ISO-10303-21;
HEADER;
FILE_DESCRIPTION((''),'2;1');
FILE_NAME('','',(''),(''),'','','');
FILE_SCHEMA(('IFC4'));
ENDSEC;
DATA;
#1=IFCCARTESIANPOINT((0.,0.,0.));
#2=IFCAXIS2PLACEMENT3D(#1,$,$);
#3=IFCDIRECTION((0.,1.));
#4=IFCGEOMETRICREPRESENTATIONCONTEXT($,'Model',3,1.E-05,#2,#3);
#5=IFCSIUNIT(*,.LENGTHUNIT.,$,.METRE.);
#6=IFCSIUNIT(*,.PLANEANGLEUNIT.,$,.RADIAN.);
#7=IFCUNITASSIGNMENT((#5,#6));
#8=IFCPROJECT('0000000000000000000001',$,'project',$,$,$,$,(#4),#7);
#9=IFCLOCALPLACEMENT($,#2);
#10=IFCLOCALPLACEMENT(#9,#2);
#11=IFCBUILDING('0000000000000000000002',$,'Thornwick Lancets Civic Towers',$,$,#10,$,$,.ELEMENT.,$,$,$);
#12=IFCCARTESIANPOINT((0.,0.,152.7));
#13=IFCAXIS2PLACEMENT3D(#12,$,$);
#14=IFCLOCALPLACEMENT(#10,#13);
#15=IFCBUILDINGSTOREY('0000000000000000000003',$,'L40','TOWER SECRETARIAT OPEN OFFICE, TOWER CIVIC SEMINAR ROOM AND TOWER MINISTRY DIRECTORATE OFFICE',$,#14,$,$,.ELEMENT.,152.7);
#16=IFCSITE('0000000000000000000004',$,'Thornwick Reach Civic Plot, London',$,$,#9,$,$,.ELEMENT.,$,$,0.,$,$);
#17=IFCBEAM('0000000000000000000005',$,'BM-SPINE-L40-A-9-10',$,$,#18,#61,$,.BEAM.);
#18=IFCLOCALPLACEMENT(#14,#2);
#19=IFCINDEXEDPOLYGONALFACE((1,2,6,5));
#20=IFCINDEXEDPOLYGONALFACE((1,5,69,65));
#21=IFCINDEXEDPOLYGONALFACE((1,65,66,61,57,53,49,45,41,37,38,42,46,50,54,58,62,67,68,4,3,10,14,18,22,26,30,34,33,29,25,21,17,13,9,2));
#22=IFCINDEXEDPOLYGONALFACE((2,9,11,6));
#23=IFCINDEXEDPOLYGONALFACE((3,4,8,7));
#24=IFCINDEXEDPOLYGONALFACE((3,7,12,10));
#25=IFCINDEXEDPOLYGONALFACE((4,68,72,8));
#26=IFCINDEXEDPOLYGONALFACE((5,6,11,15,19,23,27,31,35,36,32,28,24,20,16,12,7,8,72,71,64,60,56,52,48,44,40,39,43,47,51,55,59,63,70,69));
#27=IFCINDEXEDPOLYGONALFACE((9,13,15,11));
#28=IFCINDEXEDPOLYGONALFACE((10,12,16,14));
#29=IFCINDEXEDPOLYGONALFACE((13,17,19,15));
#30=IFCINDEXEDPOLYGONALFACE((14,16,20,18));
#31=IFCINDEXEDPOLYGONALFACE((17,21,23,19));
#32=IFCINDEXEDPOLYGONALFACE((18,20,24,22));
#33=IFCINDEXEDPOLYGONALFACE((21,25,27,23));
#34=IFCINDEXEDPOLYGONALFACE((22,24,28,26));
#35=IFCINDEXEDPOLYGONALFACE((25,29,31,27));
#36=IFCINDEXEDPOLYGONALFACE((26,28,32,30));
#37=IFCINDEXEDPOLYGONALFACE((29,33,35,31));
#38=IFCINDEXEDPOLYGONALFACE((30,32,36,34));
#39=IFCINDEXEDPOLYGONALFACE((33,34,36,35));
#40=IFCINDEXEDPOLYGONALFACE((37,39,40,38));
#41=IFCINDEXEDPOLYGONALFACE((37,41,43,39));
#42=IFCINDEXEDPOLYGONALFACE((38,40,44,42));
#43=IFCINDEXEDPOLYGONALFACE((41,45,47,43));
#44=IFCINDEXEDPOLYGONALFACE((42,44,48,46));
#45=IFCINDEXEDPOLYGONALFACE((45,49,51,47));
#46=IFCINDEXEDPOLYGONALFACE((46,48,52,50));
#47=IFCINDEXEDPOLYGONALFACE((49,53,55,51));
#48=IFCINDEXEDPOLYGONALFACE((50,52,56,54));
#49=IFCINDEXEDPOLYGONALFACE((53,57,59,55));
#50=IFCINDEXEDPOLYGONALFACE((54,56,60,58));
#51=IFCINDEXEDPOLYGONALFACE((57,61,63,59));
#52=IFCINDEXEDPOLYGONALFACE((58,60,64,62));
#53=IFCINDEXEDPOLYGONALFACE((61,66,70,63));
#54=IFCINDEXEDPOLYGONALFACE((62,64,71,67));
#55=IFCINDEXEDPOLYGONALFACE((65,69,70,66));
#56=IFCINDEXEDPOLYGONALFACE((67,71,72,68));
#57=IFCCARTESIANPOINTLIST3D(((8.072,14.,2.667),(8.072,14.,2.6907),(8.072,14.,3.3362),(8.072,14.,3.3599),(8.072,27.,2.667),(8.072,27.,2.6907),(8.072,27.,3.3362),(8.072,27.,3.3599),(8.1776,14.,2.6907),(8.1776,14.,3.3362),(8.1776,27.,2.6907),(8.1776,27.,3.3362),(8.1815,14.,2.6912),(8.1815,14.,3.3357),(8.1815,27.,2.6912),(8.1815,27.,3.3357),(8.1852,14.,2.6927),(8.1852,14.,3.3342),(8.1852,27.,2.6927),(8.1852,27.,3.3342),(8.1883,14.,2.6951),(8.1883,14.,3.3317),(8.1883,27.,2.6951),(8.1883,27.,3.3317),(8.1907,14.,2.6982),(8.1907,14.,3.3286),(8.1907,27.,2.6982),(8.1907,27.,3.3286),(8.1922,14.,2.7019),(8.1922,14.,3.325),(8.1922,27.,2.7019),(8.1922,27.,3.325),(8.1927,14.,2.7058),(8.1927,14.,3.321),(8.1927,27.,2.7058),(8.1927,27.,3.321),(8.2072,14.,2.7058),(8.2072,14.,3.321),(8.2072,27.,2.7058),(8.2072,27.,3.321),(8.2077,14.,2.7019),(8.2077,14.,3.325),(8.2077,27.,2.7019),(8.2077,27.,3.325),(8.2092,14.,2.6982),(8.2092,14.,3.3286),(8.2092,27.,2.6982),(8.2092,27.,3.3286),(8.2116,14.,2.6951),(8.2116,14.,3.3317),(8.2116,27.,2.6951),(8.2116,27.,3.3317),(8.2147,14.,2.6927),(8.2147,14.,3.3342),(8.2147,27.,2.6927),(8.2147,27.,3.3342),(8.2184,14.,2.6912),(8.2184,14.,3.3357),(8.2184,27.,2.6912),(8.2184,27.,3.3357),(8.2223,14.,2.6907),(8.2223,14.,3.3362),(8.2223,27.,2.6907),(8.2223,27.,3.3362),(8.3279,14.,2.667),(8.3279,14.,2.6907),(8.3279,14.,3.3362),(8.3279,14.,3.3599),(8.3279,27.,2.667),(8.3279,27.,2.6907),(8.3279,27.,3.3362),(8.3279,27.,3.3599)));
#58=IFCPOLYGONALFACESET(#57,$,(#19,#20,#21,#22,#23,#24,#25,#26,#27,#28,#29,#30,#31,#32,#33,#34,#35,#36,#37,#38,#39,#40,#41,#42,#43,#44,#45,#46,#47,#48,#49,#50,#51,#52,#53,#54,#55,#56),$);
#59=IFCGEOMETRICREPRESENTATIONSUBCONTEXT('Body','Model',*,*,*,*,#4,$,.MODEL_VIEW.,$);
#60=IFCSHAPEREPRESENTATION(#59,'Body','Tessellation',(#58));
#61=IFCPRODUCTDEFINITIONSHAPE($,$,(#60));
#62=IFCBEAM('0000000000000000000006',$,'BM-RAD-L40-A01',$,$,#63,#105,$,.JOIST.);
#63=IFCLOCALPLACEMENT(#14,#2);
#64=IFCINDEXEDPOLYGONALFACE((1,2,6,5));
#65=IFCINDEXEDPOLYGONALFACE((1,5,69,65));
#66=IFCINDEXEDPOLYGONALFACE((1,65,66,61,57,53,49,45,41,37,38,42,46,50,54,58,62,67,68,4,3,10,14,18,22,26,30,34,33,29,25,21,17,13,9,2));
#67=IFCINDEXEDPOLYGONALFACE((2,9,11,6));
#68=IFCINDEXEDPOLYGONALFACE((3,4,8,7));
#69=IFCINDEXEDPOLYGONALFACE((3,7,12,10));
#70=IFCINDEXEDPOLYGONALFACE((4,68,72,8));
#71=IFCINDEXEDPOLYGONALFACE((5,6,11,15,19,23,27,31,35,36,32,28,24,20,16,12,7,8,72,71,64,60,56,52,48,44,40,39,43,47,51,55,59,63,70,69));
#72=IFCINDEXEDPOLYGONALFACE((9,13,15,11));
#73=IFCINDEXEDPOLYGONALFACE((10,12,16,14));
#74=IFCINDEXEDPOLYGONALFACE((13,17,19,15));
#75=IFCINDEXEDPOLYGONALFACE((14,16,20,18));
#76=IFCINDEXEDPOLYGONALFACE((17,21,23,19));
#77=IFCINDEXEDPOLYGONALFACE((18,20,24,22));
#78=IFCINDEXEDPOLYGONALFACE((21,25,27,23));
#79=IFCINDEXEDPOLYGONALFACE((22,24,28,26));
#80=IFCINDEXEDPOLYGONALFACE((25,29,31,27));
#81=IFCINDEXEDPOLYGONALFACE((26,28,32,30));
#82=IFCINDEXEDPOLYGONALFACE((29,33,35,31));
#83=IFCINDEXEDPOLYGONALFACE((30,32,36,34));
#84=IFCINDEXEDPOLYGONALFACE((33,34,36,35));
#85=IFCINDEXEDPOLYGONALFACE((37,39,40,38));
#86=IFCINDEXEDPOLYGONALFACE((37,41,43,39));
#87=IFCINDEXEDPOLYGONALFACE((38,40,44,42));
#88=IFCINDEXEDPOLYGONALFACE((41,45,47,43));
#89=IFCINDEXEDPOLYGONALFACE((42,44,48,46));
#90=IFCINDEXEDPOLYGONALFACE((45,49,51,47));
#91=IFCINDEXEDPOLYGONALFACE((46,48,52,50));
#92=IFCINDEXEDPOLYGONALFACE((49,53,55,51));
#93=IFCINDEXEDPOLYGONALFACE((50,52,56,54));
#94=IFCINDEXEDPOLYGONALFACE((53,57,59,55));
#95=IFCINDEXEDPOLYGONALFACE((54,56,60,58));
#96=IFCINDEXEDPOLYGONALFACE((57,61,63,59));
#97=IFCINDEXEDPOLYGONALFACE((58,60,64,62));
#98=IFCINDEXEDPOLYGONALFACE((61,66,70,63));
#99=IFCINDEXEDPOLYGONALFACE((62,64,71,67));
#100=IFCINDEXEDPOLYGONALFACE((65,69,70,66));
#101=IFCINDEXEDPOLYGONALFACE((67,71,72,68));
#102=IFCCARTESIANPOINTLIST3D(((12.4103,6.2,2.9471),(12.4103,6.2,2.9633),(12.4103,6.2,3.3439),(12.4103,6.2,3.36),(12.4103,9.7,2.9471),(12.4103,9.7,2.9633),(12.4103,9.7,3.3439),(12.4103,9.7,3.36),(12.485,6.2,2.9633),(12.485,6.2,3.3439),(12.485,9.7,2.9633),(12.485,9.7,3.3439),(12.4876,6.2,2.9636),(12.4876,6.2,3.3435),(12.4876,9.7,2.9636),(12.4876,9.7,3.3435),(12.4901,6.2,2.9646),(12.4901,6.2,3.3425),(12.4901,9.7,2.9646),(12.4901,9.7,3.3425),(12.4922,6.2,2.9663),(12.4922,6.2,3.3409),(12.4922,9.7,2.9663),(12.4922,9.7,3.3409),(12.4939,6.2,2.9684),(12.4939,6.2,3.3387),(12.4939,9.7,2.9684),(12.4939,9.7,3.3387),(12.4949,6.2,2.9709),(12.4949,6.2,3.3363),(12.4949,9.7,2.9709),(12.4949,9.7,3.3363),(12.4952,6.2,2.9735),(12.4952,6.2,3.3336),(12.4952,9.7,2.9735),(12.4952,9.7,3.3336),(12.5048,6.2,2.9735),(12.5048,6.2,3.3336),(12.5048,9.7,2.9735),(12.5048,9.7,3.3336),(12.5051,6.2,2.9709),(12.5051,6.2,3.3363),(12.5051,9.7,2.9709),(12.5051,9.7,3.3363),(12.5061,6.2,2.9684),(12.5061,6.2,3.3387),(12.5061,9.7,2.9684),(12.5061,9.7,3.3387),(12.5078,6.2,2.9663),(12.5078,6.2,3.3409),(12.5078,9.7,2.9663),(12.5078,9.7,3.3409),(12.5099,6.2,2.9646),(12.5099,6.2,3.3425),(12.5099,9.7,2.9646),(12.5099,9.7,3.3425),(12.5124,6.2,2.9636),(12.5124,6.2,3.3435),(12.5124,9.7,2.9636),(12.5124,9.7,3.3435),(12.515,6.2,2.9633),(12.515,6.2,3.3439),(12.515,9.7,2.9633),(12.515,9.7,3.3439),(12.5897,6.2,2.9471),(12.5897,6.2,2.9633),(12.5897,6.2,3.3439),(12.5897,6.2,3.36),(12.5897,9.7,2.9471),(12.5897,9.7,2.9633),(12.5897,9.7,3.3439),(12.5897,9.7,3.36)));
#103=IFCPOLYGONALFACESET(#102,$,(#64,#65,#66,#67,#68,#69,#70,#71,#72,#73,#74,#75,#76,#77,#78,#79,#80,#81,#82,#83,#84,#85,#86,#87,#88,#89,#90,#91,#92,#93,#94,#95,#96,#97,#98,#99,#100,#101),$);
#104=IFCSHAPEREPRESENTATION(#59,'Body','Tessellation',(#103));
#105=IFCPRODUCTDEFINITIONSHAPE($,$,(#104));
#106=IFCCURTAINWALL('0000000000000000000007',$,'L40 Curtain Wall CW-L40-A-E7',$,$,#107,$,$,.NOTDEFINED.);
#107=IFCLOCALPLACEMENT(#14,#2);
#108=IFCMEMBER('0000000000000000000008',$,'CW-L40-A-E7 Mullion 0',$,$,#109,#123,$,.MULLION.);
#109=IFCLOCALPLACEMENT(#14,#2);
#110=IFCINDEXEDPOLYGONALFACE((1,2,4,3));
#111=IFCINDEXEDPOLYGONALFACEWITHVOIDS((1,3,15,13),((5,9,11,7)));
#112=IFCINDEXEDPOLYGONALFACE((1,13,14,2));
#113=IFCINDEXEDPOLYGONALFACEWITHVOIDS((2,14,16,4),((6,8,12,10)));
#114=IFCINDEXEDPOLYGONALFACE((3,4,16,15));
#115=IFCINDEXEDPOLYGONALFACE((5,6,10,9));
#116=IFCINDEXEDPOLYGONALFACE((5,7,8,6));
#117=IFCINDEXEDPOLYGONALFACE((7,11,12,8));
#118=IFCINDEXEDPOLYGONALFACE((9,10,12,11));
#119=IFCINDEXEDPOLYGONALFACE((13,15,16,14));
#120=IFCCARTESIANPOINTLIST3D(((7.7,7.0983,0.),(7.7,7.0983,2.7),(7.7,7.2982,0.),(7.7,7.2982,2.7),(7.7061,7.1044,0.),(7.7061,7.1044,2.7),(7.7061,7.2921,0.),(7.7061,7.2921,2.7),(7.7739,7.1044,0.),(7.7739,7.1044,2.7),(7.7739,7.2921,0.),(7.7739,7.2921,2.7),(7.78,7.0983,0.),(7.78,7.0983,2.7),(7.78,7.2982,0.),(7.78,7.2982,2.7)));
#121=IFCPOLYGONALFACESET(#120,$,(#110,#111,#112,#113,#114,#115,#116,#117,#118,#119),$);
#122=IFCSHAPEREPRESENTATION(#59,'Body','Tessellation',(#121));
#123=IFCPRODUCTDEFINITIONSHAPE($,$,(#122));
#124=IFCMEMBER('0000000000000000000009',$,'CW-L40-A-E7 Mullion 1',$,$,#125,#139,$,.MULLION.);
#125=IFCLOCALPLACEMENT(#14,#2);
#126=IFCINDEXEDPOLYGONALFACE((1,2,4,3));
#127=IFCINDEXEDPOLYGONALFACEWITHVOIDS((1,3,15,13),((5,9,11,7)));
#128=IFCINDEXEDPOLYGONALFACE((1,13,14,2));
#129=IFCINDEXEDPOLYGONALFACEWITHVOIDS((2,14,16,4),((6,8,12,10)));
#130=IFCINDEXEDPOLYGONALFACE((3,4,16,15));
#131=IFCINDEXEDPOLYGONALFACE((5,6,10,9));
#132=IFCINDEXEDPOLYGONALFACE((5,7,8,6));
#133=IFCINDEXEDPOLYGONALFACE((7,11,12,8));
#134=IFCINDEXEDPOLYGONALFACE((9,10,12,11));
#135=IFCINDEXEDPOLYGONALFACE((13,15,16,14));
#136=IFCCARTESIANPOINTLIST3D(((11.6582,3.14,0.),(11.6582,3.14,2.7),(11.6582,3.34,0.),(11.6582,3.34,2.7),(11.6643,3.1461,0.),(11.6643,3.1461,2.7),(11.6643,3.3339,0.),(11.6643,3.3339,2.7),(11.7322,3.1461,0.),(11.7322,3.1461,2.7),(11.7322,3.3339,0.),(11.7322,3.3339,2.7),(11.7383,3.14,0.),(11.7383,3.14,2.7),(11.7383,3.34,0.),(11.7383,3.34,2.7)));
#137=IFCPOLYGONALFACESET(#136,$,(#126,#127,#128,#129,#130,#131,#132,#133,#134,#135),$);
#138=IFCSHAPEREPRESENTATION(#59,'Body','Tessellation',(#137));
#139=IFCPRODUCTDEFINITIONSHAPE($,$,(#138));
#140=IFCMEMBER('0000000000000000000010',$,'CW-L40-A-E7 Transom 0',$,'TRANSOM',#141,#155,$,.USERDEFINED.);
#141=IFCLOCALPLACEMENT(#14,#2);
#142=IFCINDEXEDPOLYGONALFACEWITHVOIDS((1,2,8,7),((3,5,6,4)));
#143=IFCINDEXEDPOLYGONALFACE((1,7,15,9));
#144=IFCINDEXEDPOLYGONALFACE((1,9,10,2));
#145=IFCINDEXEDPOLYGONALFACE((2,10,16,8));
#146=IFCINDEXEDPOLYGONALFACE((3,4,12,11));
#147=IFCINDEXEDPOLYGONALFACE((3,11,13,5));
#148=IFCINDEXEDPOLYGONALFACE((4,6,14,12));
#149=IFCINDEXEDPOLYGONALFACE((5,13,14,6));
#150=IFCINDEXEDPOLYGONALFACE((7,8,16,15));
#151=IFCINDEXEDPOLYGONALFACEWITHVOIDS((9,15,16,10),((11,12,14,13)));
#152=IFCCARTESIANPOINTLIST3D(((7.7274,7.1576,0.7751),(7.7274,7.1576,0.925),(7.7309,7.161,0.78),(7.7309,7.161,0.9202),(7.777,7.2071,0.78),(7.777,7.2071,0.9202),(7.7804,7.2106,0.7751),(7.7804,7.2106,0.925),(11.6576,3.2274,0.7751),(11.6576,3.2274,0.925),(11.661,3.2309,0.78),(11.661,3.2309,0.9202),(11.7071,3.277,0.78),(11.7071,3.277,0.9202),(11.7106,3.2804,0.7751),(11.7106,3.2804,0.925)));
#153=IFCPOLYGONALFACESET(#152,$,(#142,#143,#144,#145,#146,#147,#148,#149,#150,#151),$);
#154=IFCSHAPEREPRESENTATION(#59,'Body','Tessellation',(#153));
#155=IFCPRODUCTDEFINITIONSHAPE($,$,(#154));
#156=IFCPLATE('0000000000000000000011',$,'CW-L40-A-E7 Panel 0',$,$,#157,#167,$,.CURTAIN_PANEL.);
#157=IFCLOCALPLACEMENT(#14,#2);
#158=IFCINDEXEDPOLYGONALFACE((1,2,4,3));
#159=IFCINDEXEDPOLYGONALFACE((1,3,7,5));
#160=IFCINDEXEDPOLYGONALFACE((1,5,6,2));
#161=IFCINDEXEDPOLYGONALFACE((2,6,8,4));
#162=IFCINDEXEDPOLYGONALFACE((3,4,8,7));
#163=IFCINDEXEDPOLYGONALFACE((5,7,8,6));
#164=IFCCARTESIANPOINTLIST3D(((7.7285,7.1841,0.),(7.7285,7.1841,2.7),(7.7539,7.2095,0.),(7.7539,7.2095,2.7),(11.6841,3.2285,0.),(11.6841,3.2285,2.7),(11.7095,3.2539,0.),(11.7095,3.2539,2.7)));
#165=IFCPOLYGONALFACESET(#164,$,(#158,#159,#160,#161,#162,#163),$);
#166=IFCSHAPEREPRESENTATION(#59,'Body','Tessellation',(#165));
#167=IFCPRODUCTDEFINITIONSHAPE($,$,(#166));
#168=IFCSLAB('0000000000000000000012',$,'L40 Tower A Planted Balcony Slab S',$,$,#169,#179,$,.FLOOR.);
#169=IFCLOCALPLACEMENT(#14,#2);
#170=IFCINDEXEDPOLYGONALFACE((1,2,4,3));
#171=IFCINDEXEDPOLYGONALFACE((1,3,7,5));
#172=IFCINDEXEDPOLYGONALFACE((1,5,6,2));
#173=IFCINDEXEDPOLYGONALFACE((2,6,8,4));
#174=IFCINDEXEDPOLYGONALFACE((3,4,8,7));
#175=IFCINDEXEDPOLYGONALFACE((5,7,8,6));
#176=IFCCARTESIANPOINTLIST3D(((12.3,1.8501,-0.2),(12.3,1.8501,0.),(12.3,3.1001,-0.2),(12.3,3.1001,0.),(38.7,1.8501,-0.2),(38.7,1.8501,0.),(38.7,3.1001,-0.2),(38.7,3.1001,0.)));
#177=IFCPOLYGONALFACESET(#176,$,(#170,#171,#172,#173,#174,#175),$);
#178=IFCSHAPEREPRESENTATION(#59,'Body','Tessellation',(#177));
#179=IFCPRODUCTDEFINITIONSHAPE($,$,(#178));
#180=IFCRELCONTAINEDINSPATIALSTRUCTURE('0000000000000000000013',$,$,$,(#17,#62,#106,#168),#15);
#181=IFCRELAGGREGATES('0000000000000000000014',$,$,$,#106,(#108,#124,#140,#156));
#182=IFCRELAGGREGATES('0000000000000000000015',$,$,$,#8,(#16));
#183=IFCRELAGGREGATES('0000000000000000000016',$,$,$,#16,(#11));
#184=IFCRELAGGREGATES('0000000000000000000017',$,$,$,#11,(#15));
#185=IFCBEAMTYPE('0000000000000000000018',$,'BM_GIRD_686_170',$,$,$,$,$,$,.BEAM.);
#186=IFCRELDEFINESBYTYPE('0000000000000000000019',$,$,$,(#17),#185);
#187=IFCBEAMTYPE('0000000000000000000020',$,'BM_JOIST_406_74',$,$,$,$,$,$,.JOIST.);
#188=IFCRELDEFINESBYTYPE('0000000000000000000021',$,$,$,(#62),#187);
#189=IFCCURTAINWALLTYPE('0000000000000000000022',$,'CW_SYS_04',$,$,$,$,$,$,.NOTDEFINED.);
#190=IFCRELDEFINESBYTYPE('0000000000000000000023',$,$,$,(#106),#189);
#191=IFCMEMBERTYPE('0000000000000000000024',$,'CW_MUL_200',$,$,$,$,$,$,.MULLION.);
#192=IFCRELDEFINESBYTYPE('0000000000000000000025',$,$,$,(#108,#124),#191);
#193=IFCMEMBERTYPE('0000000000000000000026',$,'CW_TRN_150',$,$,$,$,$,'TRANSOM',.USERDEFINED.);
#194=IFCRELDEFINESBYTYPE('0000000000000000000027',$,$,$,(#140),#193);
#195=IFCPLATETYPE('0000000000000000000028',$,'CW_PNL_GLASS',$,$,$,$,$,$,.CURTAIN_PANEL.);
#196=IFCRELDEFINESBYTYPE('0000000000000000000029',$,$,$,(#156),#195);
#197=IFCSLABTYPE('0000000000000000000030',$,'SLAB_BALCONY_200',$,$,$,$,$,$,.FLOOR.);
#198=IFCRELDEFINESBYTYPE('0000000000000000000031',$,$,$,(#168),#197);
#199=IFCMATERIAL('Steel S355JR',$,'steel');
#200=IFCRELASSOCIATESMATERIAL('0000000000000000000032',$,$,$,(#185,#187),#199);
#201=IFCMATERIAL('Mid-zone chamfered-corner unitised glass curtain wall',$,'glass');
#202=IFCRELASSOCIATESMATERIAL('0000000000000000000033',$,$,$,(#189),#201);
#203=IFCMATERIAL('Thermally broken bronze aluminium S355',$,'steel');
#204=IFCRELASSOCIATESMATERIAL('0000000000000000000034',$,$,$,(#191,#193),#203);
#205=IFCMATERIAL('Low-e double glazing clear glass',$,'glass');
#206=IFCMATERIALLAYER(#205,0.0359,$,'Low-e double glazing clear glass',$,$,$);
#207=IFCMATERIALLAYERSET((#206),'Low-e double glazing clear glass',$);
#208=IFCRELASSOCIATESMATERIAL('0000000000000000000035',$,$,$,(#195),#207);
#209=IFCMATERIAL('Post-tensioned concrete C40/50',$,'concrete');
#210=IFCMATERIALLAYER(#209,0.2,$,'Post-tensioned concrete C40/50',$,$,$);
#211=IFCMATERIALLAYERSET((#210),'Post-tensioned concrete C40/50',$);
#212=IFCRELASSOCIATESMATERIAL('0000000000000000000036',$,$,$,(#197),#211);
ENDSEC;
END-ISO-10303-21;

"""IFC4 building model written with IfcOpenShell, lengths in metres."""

from ifc_helpers import new_model, si_unit, direction, frame, origin, origin_2d, place, context, subcontext, project, spatial, polyline, rectangle, hollow_rectangle, i_section, outline, extrude, material, layer, layer_set, material_profile, profile_set, type_object, element, aggregate, save


model = new_model("IFC4")

# Units and contexts
model_context = context("Model", 3, precision=1e-05, world=origin(), true_north=direction((0.0, 1.0)))
body_context = subcontext(model_context, "Body", "Model", "MODEL_VIEW")
ifc_project = project(units=[si_unit("LENGTHUNIT", "METRE"), si_unit("PLANEANGLEUNIT", "RADIAN")], contexts=[model_context])

# Site, building, storey
site_placement = place(None, origin())
site = spatial("IfcSite", under=ifc_project, at=site_placement, Name="Thornwick Reach Civic Plot, London", CompositionType="ELEMENT", RefElevation=0.0)
building_placement = place(site_placement, origin())
building = spatial("IfcBuilding", under=site, at=building_placement, Name="Thornwick Lancets Civic Towers", CompositionType="ELEMENT")
storey_placement = place(building_placement, frame((0.0, 0.0, 152.7)))
storey = spatial("IfcBuildingStorey", under=building, at=storey_placement, Name="L40", Description="TOWER SECRETARIAT OPEN OFFICE, TOWER CIVIC SEMINAR ROOM AND TOWER MINISTRY DIRECTORATE OFFICE", CompositionType="ELEMENT", Elevation=152.7)

# Beams
ifc_material_1 = material(Name="Steel S355JR", Category="steel")
ifc_material_profile_1 = material_profile(ifc_material_1, i_section(OverallWidth=0.2559, OverallDepth=0.6929, WebThickness=0.0144, FlangeThickness=0.0237, FilletRadius=0.0151, at=origin_2d()), Name="UKB 686x254x170")
ifc_profile_set_1 = profile_set([ifc_material_profile_1], Name="Steel S355JR")
beam_type_1 = type_object("IfcBeamType", Name="BM_GIRD_686_170", PredefinedType="BEAM", material=ifc_profile_set_1)
for number, where, z_axis, x_axis, name in (
    (1, (8.2, 14.0, 3.0134), (0.0, 1.0, 0.0), (-1.0, 0.0, 0.0), "BM-SPINE-L40-A-9-10"),
):
    element("IfcBeam", number, at=place(storey_placement, frame(where, z_axis=z_axis, x_axis=x_axis)), inside=storey, type_object=beam_type_1, Name=name, PredefinedType="BEAM", context=body_context, shape_type="SweptSolid", body=[
        extrude(i_section(OverallWidth=0.2559, OverallDepth=0.6929, WebThickness=0.0144, FlangeThickness=0.0237, FilletRadius=0.0151, at=origin_2d()), origin(), (0.0, 0.0, 1.0), 13.0),
    ])
ifc_material_profile_2 = material_profile(ifc_material_1, i_section(OverallWidth=0.1794, OverallDepth=0.4128, WebThickness=0.0095, FlangeThickness=0.0161, FilletRadius=0.0103, at=origin_2d()), Name="UKB 406x178x74")
ifc_profile_set_2 = profile_set([ifc_material_profile_2], Name="Steel S355JR")
beam_type_2 = type_object("IfcBeamType", Name="BM_JOIST_406_74", PredefinedType="JOIST", material=ifc_profile_set_2)
beam_1_placement = place(storey_placement, frame((12.5, 9.7, 3.1536), z_axis=(0.0, -1.0, 0.0), x_axis=(1.0, 0.0, 0.0)))
element("IfcBeam", 2, at=beam_1_placement, inside=storey, type_object=beam_type_2, Name="BM-RAD-L40-A01", PredefinedType="JOIST", context=body_context, shape_type="SweptSolid", body=[
    extrude(i_section(OverallWidth=0.1794, OverallDepth=0.4128, WebThickness=0.0095, FlangeThickness=0.0161, FilletRadius=0.0103, at=origin_2d()), origin(), (0.0, 0.0, 1.0), 3.5),
])

# Curtain wall, members, plate
ifc_material_2 = material(Name="Mid-zone chamfered-corner unitised glass curtain wall", Category="glass")
curtain_wall_type = type_object("IfcCurtainWallType", Name="CW_SYS_04", PredefinedType="NOTDEFINED", material=ifc_material_2)
curtain_wall_placement = place(storey_placement, origin())
curtain_wall = element("IfcCurtainWall", 3, at=curtain_wall_placement, inside=storey, type_object=curtain_wall_type, Name="L40 Curtain Wall CW-L40-A-E7", PredefinedType="NOTDEFINED")
ifc_material_3 = material(Name="Thermally broken bronze aluminium S355", Category="steel")
ifc_material_profile_3 = material_profile(ifc_material_3, hollow_rectangle(XDim=0.0801, YDim=0.2, WallThickness=0.0061, at=origin_2d()), Name="RHS 200x80x6")
ifc_profile_set_3 = profile_set([ifc_material_profile_3], Name="Thermally broken bronze aluminium S355")
member_type_1 = type_object("IfcMemberType", Name="CW_MUL_200", PredefinedType="MULLION", material=ifc_profile_set_3)
member_1_placement = place(storey_placement, frame((7.74, 7.1982, 0.0), z_axis=(0.0, 0.0, 1.0), x_axis=(1.0, 0.0, 0.0)))
member_1 = element("IfcMember", 4, at=member_1_placement, type_object=member_type_1, Name="CW-L40-A-E7 Mullion 0", PredefinedType="MULLION", context=body_context, shape_type="SweptSolid", body=[
    extrude(hollow_rectangle(XDim=0.0801, YDim=0.2, WallThickness=0.0061, at=origin_2d()), origin(), (0.0, 0.0, 1.0), 2.7),
])
member_2_placement = place(storey_placement, frame((11.6982, 3.24, 0.0), z_axis=(0.0, 0.0, 1.0), x_axis=(1.0, 0.0, 0.0)))
member_2 = element("IfcMember", 5, at=member_2_placement, type_object=member_type_1, Name="CW-L40-A-E7 Mullion 1", PredefinedType="MULLION", context=body_context, shape_type="SweptSolid", body=[
    extrude(hollow_rectangle(XDim=0.0801, YDim=0.2, WallThickness=0.0061, at=origin_2d()), origin(), (0.0, 0.0, 1.0), 2.7),
])
ifc_material_profile_4 = material_profile(ifc_material_3, hollow_rectangle(XDim=0.075, YDim=0.1499, WallThickness=0.0049, at=origin_2d()), Name="RHS 150x75x5")
ifc_profile_set_4 = profile_set([ifc_material_profile_4], Name="Thermally broken bronze aluminium S355")
member_type_2 = type_object("IfcMemberType", Name="CW_TRN_150", ElementType="TRANSOM", PredefinedType="USERDEFINED", material=ifc_profile_set_4)
member_3_placement = place(storey_placement, frame((7.7539, 7.1841, 0.8501), z_axis=(0.707107, -0.707107, 0.0), x_axis=(0.707107, 0.707107, 0.0)))
member_3 = element("IfcMember", 6, at=member_3_placement, type_object=member_type_2, Name="CW-L40-A-E7 Transom 0", ObjectType="TRANSOM", PredefinedType="USERDEFINED", context=body_context, shape_type="SweptSolid", body=[
    extrude(hollow_rectangle(XDim=0.075, YDim=0.1499, WallThickness=0.0049, at=origin_2d()), origin(), (0.0, 0.0, 1.0), 5.5581),
])
ifc_material_4 = material(Name="Low-e double glazing clear glass", Category="glass")
ifc_layer_1 = layer(ifc_material_4, 0.0359, Name="Low-e double glazing clear glass")
ifc_layer_set_1 = layer_set([ifc_layer_1], Name="Low-e double glazing clear glass")
plate_type = type_object("IfcPlateType", Name="CW_PNL_GLASS", PredefinedType="CURTAIN_PANEL", material=ifc_layer_set_1)
plate_placement = place(storey_placement, frame((9.719, 5.219, 0.0), z_axis=(0.0, 0.0, 1.0), x_axis=(0.707107, -0.707107, 0.0)))
plate = element("IfcPlate", 7, at=plate_placement, type_object=plate_type, Name="CW-L40-A-E7 Panel 0", PredefinedType="CURTAIN_PANEL", context=body_context, shape_type="SweptSolid", body=[
    extrude(rectangle(XDim=5.594, YDim=0.0359, at=origin_2d()), origin(), (0.0, 0.0, 1.0), 2.7),
])
aggregate(curtain_wall, [member_1, member_2, member_3, plate])

# Slab
ifc_material_5 = material(Name="Post-tensioned concrete C40/50", Category="concrete")
ifc_layer_2 = layer(ifc_material_5, 0.2, Name="Post-tensioned concrete C40/50")
ifc_layer_set_2 = layer_set([ifc_layer_2], Name="Post-tensioned concrete C40/50")
slab_type_1 = type_object("IfcSlabType", Name="SLAB_BALCONY_200", PredefinedType="FLOOR", material=ifc_layer_set_2)
slab_1_placement = place(storey_placement, frame((0.0, 0.0, -0.2)))
element("IfcSlab", 8, at=slab_1_placement, inside=storey, type_object=slab_type_1, Name="L40 Tower A Planted Balcony Slab S", PredefinedType="FLOOR", context=body_context, shape_type="SweptSolid", body=[
    extrude(outline(polyline([(12.3, 1.8501), (38.7, 1.8501), (38.7, 3.1001), (12.3, 3.1001), (12.3, 1.8501)])), origin(), (0.0, 0.0, 1.0), 0.2),
])

save(model, "model.ifc")
